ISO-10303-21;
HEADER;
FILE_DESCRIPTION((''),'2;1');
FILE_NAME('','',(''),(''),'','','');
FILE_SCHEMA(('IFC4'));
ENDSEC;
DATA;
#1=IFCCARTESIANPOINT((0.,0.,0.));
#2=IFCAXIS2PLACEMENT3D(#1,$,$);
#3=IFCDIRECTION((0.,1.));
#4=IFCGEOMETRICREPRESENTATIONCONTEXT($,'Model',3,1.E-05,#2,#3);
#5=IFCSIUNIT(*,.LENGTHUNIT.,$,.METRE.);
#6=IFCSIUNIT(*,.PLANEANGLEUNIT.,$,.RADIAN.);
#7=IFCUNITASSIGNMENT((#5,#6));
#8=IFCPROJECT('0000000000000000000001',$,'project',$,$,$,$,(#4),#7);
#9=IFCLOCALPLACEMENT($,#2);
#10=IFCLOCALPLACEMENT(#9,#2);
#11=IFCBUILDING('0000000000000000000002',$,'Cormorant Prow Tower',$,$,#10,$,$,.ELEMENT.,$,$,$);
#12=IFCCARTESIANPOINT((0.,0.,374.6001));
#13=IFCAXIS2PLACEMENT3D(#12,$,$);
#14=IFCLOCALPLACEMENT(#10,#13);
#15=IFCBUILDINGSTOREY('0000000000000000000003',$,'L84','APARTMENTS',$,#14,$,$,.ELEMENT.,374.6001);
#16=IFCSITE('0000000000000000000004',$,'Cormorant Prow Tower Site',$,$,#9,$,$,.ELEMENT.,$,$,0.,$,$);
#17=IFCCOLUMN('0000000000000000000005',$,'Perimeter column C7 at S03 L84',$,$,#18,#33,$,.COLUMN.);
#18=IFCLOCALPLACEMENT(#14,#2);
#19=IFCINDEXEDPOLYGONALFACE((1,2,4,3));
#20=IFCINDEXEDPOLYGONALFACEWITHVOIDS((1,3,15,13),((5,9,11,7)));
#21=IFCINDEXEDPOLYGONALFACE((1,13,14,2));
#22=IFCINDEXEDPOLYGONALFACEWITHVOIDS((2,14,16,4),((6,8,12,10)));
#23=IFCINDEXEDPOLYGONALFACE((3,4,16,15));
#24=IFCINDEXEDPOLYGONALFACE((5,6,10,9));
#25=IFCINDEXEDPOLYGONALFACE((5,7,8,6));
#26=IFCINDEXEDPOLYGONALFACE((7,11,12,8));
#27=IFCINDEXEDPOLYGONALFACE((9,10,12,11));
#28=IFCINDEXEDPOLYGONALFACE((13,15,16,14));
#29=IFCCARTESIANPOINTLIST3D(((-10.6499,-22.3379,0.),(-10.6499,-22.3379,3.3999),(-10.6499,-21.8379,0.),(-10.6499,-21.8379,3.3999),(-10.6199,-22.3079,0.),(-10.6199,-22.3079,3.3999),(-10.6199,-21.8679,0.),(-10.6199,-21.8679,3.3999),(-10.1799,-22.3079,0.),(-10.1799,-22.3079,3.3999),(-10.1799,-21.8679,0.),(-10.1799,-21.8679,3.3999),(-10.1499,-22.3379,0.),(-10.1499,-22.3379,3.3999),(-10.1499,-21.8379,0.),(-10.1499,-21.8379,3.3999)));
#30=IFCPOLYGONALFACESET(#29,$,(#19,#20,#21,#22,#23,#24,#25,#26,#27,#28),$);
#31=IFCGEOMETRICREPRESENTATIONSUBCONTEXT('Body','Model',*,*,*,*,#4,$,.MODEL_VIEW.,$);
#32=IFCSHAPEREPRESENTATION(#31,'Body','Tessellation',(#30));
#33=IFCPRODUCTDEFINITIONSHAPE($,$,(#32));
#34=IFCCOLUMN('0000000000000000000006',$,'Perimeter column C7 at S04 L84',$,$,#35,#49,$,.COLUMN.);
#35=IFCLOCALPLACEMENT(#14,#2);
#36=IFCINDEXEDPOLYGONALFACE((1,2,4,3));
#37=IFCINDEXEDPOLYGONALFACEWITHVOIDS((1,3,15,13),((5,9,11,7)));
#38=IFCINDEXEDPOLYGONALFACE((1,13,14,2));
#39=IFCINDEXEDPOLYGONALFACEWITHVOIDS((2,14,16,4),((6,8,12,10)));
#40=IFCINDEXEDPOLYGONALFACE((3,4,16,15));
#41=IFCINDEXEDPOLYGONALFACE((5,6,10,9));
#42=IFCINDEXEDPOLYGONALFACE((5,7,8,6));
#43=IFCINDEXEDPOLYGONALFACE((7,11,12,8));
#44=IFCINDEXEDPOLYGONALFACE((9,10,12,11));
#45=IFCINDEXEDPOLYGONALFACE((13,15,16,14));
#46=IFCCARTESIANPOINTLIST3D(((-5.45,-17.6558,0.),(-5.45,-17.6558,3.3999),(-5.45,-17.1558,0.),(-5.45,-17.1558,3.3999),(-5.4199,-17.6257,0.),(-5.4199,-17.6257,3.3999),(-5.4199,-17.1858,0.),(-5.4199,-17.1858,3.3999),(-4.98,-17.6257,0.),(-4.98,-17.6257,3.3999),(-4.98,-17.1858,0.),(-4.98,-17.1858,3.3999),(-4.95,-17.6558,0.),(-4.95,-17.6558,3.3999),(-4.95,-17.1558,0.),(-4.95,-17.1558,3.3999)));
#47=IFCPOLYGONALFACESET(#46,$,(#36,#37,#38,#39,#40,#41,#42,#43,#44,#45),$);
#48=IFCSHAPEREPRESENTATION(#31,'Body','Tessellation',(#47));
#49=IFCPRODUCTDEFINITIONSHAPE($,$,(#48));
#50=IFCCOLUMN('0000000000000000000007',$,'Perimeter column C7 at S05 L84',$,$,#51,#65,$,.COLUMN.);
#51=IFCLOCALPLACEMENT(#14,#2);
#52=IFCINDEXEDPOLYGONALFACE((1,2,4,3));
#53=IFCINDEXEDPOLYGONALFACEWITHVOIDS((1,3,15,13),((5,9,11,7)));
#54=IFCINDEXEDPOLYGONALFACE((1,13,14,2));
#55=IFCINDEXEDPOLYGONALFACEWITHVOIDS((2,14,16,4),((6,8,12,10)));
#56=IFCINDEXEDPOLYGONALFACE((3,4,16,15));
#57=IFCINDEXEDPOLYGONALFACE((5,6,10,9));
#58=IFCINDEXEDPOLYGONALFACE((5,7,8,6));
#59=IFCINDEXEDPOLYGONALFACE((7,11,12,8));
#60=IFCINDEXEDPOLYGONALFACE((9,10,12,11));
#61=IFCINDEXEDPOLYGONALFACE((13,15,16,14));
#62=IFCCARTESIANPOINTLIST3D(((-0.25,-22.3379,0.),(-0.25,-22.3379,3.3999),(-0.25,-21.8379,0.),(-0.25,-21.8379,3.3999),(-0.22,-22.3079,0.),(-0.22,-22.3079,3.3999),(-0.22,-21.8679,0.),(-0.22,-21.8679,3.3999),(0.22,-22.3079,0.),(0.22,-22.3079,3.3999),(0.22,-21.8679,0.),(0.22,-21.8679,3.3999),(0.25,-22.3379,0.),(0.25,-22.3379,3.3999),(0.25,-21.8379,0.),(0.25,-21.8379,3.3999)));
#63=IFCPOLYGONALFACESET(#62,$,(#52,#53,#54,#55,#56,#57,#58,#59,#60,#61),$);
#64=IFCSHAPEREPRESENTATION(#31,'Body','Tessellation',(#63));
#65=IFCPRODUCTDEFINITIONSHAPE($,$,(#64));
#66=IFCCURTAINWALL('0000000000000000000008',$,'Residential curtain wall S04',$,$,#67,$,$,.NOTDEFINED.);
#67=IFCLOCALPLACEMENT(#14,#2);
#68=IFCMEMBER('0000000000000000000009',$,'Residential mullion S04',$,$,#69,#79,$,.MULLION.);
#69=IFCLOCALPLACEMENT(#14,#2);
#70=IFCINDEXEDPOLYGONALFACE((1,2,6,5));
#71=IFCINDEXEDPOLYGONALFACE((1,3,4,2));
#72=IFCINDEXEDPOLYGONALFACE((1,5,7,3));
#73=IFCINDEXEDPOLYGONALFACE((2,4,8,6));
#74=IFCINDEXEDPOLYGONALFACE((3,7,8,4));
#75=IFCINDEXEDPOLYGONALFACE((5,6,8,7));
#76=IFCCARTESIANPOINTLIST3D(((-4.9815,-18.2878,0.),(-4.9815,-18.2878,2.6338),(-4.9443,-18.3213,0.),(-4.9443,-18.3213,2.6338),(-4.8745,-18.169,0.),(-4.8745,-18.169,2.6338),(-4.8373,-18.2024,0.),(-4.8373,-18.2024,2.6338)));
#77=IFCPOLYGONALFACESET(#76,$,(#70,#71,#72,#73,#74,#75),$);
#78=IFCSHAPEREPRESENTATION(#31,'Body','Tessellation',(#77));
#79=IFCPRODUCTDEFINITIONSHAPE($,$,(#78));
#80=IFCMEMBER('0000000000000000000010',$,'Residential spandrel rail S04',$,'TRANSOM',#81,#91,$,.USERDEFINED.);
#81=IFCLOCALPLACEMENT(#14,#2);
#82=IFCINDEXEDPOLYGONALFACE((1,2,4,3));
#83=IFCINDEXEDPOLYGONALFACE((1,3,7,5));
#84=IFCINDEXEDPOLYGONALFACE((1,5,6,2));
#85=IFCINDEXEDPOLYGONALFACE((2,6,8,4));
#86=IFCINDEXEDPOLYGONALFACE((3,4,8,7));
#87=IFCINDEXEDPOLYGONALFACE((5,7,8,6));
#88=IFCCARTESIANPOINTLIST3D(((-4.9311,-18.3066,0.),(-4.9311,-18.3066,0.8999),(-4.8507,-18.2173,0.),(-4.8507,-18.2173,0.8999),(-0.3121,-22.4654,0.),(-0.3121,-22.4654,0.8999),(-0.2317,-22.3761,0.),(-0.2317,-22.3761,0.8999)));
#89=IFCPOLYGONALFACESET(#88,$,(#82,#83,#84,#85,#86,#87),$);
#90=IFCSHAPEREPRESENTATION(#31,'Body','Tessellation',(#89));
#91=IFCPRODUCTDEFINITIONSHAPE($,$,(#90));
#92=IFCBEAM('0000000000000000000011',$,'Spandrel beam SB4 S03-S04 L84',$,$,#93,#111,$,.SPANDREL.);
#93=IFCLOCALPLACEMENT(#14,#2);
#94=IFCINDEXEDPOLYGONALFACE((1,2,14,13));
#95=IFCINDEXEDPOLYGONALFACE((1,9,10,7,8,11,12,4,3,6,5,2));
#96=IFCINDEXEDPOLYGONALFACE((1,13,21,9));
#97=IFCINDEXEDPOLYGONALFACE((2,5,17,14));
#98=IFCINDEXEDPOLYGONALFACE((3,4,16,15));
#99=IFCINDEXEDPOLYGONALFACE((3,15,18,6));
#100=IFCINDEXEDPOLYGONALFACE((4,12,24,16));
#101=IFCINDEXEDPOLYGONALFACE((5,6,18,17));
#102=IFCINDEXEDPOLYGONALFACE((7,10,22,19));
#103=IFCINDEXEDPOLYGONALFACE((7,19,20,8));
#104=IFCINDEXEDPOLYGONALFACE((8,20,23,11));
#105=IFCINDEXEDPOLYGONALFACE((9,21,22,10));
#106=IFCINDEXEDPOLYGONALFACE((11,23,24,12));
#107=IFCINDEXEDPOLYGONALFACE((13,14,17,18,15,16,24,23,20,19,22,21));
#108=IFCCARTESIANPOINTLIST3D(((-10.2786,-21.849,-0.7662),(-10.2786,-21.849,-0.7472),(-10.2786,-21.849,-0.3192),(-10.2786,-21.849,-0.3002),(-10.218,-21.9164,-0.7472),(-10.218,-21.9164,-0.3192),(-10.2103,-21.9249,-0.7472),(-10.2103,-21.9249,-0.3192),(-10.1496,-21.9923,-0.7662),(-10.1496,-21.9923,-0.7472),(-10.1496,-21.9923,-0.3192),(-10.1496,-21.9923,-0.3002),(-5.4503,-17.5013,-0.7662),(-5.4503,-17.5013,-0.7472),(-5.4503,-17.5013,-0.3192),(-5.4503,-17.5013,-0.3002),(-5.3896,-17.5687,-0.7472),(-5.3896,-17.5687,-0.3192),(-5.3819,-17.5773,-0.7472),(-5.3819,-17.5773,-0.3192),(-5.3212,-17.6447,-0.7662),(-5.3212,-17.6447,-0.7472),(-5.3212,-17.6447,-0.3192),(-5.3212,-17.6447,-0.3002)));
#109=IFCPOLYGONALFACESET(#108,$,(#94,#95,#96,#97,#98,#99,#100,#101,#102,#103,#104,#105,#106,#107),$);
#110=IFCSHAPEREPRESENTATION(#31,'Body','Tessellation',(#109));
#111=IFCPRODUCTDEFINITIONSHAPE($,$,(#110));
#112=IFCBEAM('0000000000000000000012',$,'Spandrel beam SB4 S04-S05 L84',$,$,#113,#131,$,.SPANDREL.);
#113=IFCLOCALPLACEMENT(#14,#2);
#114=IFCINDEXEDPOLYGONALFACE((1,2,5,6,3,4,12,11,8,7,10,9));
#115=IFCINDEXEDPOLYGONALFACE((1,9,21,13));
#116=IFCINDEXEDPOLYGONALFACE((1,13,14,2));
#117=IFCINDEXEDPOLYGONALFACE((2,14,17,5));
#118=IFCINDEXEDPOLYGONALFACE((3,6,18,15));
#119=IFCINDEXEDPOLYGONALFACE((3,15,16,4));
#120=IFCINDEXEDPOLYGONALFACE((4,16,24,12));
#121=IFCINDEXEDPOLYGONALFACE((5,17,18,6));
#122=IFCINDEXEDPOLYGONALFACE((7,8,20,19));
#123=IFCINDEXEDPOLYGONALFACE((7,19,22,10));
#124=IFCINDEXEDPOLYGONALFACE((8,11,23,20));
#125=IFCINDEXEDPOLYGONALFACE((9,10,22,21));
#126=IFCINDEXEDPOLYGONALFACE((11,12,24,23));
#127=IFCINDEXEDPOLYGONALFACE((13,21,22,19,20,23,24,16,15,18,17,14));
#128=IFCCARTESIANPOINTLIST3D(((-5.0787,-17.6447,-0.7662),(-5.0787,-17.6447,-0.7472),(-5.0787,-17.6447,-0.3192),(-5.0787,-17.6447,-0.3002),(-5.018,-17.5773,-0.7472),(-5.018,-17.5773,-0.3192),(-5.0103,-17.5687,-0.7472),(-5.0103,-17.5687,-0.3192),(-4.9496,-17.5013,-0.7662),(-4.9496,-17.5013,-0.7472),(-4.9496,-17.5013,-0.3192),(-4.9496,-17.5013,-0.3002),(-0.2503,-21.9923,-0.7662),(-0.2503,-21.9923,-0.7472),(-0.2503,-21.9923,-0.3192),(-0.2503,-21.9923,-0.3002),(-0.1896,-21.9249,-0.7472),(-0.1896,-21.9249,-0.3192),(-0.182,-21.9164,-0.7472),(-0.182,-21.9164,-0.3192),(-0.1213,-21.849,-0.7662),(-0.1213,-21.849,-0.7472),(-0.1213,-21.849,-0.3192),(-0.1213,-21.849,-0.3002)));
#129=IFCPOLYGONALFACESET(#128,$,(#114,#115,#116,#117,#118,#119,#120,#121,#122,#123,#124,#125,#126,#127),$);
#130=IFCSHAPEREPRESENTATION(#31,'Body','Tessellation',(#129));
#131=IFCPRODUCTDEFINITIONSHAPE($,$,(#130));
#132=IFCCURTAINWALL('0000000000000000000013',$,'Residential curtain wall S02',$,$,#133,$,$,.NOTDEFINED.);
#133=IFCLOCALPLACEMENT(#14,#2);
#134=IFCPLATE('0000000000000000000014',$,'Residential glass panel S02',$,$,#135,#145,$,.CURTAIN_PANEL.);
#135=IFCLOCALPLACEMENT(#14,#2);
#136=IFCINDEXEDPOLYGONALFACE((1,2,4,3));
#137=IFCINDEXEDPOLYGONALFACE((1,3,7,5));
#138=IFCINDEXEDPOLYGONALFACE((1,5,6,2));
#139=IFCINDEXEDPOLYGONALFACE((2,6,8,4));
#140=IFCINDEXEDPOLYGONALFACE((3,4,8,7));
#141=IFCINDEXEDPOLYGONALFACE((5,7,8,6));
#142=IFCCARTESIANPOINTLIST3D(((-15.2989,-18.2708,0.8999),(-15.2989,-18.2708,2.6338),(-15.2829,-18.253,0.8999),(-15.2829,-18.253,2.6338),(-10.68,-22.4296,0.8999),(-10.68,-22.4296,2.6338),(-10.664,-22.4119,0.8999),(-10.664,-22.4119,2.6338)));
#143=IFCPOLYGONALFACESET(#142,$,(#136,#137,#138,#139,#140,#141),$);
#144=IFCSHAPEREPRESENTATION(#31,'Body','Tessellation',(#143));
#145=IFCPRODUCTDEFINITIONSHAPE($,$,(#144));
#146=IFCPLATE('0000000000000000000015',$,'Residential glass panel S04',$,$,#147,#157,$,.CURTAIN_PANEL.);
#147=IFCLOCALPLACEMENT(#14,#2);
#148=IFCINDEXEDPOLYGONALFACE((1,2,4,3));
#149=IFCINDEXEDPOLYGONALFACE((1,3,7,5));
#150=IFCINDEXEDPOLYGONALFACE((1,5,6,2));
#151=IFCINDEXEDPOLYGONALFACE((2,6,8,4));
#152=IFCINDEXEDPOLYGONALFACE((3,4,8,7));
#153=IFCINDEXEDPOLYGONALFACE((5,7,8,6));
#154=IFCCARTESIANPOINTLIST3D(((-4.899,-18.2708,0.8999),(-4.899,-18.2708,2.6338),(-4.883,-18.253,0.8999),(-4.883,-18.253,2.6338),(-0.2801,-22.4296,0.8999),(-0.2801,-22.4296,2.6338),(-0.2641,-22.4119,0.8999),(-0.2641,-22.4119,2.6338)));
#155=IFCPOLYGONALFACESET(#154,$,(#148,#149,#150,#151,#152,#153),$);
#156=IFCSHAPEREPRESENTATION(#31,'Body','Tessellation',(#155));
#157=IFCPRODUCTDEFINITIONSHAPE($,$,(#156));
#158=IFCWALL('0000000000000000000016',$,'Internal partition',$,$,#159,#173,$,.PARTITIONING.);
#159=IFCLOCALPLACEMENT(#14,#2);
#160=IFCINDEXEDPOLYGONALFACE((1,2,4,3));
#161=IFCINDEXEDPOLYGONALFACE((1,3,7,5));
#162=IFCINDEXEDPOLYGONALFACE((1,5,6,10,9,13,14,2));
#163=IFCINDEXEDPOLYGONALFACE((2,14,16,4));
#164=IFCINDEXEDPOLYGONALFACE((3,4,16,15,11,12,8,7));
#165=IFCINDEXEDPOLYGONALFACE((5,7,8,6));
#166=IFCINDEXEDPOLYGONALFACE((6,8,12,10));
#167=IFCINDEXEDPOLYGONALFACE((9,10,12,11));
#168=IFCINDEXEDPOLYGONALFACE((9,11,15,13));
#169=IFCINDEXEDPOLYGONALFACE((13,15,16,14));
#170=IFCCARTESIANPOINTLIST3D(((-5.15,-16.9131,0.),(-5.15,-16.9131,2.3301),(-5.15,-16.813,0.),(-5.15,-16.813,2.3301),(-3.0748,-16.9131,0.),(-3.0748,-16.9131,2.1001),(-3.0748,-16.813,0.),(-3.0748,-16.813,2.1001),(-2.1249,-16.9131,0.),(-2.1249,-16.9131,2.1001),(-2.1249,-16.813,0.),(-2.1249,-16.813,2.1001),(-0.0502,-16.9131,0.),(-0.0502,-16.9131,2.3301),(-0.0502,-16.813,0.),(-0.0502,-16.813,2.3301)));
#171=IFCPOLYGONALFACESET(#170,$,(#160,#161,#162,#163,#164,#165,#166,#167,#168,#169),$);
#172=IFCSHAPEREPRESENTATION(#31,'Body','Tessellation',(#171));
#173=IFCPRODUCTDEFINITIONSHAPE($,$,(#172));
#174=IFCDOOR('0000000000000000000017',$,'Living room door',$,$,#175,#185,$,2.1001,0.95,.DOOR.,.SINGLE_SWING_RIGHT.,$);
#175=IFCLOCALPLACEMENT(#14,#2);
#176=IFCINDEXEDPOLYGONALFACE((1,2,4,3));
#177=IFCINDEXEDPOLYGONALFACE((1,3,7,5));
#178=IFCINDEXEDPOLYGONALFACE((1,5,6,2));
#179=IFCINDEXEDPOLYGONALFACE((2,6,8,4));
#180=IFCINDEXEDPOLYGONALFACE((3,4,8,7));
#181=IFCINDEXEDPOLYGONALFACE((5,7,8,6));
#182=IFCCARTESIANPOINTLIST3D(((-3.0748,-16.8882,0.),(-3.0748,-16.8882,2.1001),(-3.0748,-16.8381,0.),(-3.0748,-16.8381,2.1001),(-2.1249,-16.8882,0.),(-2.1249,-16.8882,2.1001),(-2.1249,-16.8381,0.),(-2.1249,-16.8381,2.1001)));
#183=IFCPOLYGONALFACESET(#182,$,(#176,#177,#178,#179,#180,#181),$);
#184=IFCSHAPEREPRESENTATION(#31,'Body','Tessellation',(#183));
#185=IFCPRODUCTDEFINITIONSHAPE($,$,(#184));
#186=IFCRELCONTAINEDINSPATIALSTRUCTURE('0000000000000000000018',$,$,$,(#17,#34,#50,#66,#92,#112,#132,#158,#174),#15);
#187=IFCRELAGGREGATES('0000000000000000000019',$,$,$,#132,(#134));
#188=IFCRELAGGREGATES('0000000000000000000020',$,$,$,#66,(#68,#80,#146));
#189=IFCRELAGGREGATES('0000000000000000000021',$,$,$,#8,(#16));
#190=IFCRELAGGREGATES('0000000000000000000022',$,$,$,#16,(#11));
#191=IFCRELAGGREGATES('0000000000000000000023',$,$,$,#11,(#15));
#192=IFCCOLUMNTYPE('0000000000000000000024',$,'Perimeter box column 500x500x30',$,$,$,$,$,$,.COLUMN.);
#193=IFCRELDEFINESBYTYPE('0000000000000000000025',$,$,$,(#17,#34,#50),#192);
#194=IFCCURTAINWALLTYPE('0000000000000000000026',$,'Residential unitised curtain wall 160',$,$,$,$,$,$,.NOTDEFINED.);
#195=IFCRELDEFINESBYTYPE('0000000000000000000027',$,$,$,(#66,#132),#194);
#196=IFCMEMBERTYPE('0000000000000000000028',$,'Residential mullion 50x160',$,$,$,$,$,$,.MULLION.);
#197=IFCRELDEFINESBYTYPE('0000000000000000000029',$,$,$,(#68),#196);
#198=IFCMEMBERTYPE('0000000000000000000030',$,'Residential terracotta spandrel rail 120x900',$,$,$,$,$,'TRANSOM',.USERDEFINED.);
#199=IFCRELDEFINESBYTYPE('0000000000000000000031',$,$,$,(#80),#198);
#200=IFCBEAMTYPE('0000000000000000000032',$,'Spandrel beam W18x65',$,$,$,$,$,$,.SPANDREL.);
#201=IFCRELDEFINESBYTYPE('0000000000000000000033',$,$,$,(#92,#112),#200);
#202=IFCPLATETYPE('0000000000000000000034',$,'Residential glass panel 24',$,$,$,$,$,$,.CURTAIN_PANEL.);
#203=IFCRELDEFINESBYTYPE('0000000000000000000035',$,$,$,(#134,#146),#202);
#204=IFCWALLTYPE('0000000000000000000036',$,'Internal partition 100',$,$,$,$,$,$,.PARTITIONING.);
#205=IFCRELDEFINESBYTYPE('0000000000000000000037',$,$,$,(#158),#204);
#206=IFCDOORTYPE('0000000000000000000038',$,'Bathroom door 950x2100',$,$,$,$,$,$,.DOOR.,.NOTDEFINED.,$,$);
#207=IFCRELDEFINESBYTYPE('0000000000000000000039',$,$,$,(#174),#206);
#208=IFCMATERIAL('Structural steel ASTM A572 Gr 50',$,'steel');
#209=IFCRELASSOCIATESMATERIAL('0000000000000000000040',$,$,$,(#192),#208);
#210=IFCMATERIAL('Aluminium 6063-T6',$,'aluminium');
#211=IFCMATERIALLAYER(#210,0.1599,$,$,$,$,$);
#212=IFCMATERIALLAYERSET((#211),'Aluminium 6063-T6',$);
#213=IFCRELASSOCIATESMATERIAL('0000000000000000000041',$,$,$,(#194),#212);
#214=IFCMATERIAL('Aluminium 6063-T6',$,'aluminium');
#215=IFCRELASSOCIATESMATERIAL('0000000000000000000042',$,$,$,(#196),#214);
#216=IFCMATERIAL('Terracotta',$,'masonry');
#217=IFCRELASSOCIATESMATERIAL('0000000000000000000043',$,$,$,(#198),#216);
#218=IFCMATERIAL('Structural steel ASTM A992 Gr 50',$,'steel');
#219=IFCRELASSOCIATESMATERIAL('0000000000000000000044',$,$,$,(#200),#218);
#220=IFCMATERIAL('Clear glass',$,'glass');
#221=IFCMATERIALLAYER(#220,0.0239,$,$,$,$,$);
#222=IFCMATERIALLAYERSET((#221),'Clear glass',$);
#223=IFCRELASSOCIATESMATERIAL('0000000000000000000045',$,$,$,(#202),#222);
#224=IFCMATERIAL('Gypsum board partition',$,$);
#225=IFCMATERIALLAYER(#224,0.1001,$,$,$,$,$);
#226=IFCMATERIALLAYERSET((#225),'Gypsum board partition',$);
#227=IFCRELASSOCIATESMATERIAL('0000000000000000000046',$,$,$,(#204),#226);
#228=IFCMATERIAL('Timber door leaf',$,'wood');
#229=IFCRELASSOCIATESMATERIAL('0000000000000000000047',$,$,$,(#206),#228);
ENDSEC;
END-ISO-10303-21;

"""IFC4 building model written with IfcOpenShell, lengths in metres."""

from ifc_helpers import new_model, si_unit, direction, frame, frame_2d, origin, origin_2d, place, context, subcontext, project, spatial, rectangle, hollow_rectangle, i_section, extrude, material, layer, layer_set, material_profile, profile_set, type_object, element, fill, aggregate, save


model = new_model("IFC4")

# Units and contexts
model_context = context("Model", 3, precision=1e-05, world=origin(), true_north=direction((0.0, 1.0)))
body_context = subcontext(model_context, "Body", "Model", "MODEL_VIEW")
ifc_project = project(units=[si_unit("LENGTHUNIT", "METRE"), si_unit("PLANEANGLEUNIT", "RADIAN")], contexts=[model_context])

# Site, building, storey
site_placement = place(None, origin())
site = spatial("IfcSite", under=ifc_project, at=site_placement, Name="Cormorant Prow Tower Site", CompositionType="ELEMENT", RefElevation=0.0)
building_placement = place(site_placement, origin())
building = spatial("IfcBuilding", under=site, at=building_placement, Name="Cormorant Prow Tower", CompositionType="ELEMENT")
storey_placement = place(building_placement, frame((0.0, 0.0, 374.6001)))
storey = spatial("IfcBuildingStorey", under=building, at=storey_placement, Name="L84", Description="APARTMENTS", CompositionType="ELEMENT", Elevation=374.6001)

# Columns
ifc_material_1 = material(Name="Structural steel ASTM A572 Gr 50", Category="steel")
ifc_material_profile_1 = material_profile(ifc_material_1, hollow_rectangle(XDim=0.5, YDim=0.5, WallThickness=0.03, at=origin_2d()), Name="Box 500x500x30")
ifc_profile_set_1 = profile_set([ifc_material_profile_1], Name="Structural steel ASTM A572 Gr 50")
column_type = type_object("IfcColumnType", Name="Perimeter box column 500x500x30", PredefinedType="COLUMN", material=ifc_profile_set_1)
for number, where, z_axis, x_axis, name in (
    (1, (-10.3999, -22.0879, 0.0), (0.0, 0.0, 1.0), (1.0, 0.0, 0.0), "Perimeter column C7 at S03 L84"),
    (2, (-5.2, -17.4058, 0.0), (0.0, 0.0, 1.0), (1.0, 0.0, 0.0), "Perimeter column C7 at S04 L84"),
    (3, (0.0, -22.0879, 0.0), (0.0, 0.0, 1.0), (1.0, 0.0, 0.0), "Perimeter column C7 at S05 L84"),
):
    element("IfcColumn", number, at=place(storey_placement, frame(where, z_axis=z_axis, x_axis=x_axis)), inside=storey, type_object=column_type, Name=name, PredefinedType="COLUMN", context=body_context, shape_type="SweptSolid", body=[
        extrude(hollow_rectangle(XDim=0.5, YDim=0.5, WallThickness=0.03, at=origin_2d()), origin(), (0.0, 0.0, 1.0), 3.3999),
    ])

# Curtain wall, members
ifc_material_2 = material(Name="Aluminium 6063-T6", Category="aluminium")
ifc_layer_1 = layer(ifc_material_2, 0.1599)
ifc_layer_set_1 = layer_set([ifc_layer_1], Name="Aluminium 6063-T6")
curtain_wall_type = type_object("IfcCurtainWallType", Name="Residential unitised curtain wall 160", PredefinedType="NOTDEFINED", material=ifc_layer_set_1)
curtain_wall_1_placement = place(storey_placement, origin())
curtain_wall_1 = element("IfcCurtainWall", 4, at=curtain_wall_1_placement, inside=storey, type_object=curtain_wall_type, Name="Residential curtain wall S04", PredefinedType="NOTDEFINED")
ifc_material_3 = material(Name="Aluminium 6063-T6", Category="aluminium")
ifc_material_profile_2 = material_profile(ifc_material_3, rectangle(XDim=0.1599, YDim=0.05, at=origin_2d()), Name="Residential mullion 50x160")
ifc_profile_set_2 = profile_set([ifc_material_profile_2], Name="Aluminium 6063-T6")
member_type_1 = type_object("IfcMemberType", Name="Residential mullion 50x160", PredefinedType="MULLION", material=ifc_profile_set_2)
member_1_placement = place(storey_placement, frame((-4.9094, -18.2451, 0.0), z_axis=(0.0, 0.0, 1.0), x_axis=(0.669131, 0.743145, 0.0)))
member_1 = element("IfcMember", 5, at=member_1_placement, type_object=member_type_1, Name="Residential mullion S04", PredefinedType="MULLION", context=body_context, shape_type="SweptSolid", body=[
    extrude(rectangle(XDim=0.1599, YDim=0.05, at=origin_2d()), origin(), (0.0, 0.0, 1.0), 2.6338),
])
ifc_material_4 = material(Name="Terracotta", Category="masonry")
ifc_material_profile_3 = material_profile(ifc_material_4, rectangle(XDim=0.1201, YDim=0.8999, at=origin_2d()), Name="Residential terracotta spandrel rail 120x900")
ifc_profile_set_3 = profile_set([ifc_material_profile_3], Name="Terracotta")
member_type_2 = type_object("IfcMemberType", Name="Residential terracotta spandrel rail 120x900", ElementType="TRANSOM", PredefinedType="USERDEFINED", material=ifc_profile_set_3)
member_2_placement = place(storey_placement, frame((-4.8909, -18.262, 0.45), z_axis=(0.743159, -0.669114, 0.0), x_axis=(0.669114, 0.743159, 0.0)))
member_2 = element("IfcMember", 6, at=member_2_placement, type_object=member_type_2, Name="Residential spandrel rail S04", ObjectType="TRANSOM", PredefinedType="USERDEFINED", context=body_context, shape_type="SweptSolid", body=[
    extrude(rectangle(XDim=0.1201, YDim=0.8999, at=origin_2d()), origin(), (0.0, 0.0, 1.0), 6.2153),
])

# Beams
ifc_material_5 = material(Name="Structural steel ASTM A992 Gr 50", Category="steel")
ifc_material_profile_4 = material_profile(ifc_material_5, i_section(OverallWidth=0.1929, OverallDepth=0.4661, WebThickness=0.0115, FlangeThickness=0.019, at=origin_2d()), Name="W18x65")
ifc_profile_set_4 = profile_set([ifc_material_profile_4], Name="Structural steel ASTM A992 Gr 50")
beam_type = type_object("IfcBeamType", Name="Spandrel beam W18x65", PredefinedType="SPANDREL", material=ifc_profile_set_4)
for number, where, z_axis, x_axis, name in (
    (7, (-10.2141, -21.9207, -0.5332), (0.743132, 0.669145, 0.0), (-0.669145, 0.743132, 0.0), "Spandrel beam SB4 S03-S04 L84"),
    (8, (-5.0142, -17.573, -0.5332), (0.743132, -0.669145, 0.0), (0.669145, 0.743132, 0.0), "Spandrel beam SB4 S04-S05 L84"),
):
    element("IfcBeam", number, at=place(storey_placement, frame(where, z_axis=z_axis, x_axis=x_axis)), inside=storey, type_object=beam_type, Name=name, PredefinedType="SPANDREL", context=body_context, shape_type="SweptSolid", body=[
        extrude(i_section(OverallWidth=0.1929, OverallDepth=0.4661, WebThickness=0.0115, FlangeThickness=0.019, at=origin_2d()), origin(), (0.0, 0.0, 1.0), 6.4973),
    ])

# Curtain wall, plate
curtain_wall_2_placement = place(storey_placement, origin())
curtain_wall_2 = element("IfcCurtainWall", 9, at=curtain_wall_2_placement, inside=storey, type_object=curtain_wall_type, Name="Residential curtain wall S02", PredefinedType="NOTDEFINED")
ifc_material_6 = material(Name="Clear glass", Category="glass")
ifc_layer_2 = layer(ifc_material_6, 0.0239)
ifc_layer_set_2 = layer_set([ifc_layer_2], Name="Clear glass")
plate_type = type_object("IfcPlateType", Name="Residential glass panel 24", PredefinedType="CURTAIN_PANEL", material=ifc_layer_set_2)
plate_1_placement = place(storey_placement, frame((-12.9814, -20.3413, 0.8999), z_axis=(0.0, 0.0, 1.0), x_axis=(0.743145, -0.669131, 0.0)))
plate_1 = element("IfcPlate", 10, at=plate_1_placement, type_object=plate_type, Name="Residential glass panel S02", PredefinedType="CURTAIN_PANEL", context=body_context, shape_type="SweptSolid", body=[
    extrude(rectangle(XDim=6.2153, YDim=0.0239, at=origin_2d()), origin(), (0.0, 0.0, 1.0), 1.7339),
])
aggregate(curtain_wall_2, [plate_1])

# Plate
plate_2_placement = place(storey_placement, frame((-2.5815, -20.3413, 0.8999), z_axis=(0.0, 0.0, 1.0), x_axis=(0.743145, -0.669131, 0.0)))
plate_2 = element("IfcPlate", 11, at=plate_2_placement, type_object=plate_type, Name="Residential glass panel S04", PredefinedType="CURTAIN_PANEL", context=body_context, shape_type="SweptSolid", body=[
    extrude(rectangle(XDim=6.2153, YDim=0.0239, at=origin_2d()), origin(), (0.0, 0.0, 1.0), 1.7339),
])
aggregate(curtain_wall_1, [member_1, member_2, plate_2])

# Wall, opening, door
ifc_material_7 = material(Name="Gypsum board partition")
ifc_layer_3 = layer(ifc_material_7, 0.1001)
ifc_layer_set_3 = layer_set([ifc_layer_3], Name="Gypsum board partition")
wall_type_1 = type_object("IfcWallType", Name="Internal partition 100", PredefinedType="PARTITIONING", material=ifc_layer_set_3)
wall_1_placement = place(storey_placement, frame((-5.1499, -16.863, 0.0), z_axis=(0.0, 0.0, 1.0), x_axis=(1.0, 0.0, 0.0)))
wall_1 = element("IfcWall", 12, at=wall_1_placement, inside=storey, type_object=wall_type_1, Name="Internal partition", PredefinedType="PARTITIONING", context=body_context, shape_type="SweptSolid", body=[
    extrude(rectangle(XDim=5.0999, YDim=0.1001, at=frame_2d((2.5498, 0.0))), origin(), (0.0, 0.0, 1.0), 2.3301),
])
opening_1_placement = place(wall_1_placement, frame((2.075, 0.0, 0.0)))
opening_1 = element("IfcOpeningElement", 13, at=opening_1_placement, cuts=wall_1, PredefinedType="OPENING", context=body_context, shape_type="SweptSolid", body=[
    extrude(rectangle(XDim=0.95, YDim=2.1001, at=frame_2d((0.4751, 1.05))), frame((0.0, 0.0601, 0.0), z_axis=(0.0, -1.0, 0.0), x_axis=(1.0, 0.0, 0.0)), (0.0, 0.0, 1.0), 0.1201),
])
ifc_material_8 = material(Name="Timber door leaf", Category="wood")
door_type_1 = type_object("IfcDoorType", Name="Bathroom door 950x2100", OperationType="NOTDEFINED", PredefinedType="DOOR", material=ifc_material_8)
door_1_placement = place(opening_1_placement, origin())
door_1 = element("IfcDoor", 14, at=door_1_placement, inside=storey, type_object=door_type_1, Name="Living room door", OperationType="SINGLE_SWING_RIGHT", OverallHeight=2.1001, OverallWidth=0.95, PredefinedType="DOOR", context=body_context, shape_type="SweptSolid", body=[
    extrude(rectangle(XDim=0.95, YDim=2.1001, at=frame_2d((0.4751, 1.05))), frame((0.0, 0.0249, 0.0), z_axis=(0.0, -1.0, 0.0), x_axis=(1.0, 0.0, 0.0)), (0.0, 0.0, 1.0), 0.05),
])
fill(opening_1, door_1)

save(model, "model.ifc")
